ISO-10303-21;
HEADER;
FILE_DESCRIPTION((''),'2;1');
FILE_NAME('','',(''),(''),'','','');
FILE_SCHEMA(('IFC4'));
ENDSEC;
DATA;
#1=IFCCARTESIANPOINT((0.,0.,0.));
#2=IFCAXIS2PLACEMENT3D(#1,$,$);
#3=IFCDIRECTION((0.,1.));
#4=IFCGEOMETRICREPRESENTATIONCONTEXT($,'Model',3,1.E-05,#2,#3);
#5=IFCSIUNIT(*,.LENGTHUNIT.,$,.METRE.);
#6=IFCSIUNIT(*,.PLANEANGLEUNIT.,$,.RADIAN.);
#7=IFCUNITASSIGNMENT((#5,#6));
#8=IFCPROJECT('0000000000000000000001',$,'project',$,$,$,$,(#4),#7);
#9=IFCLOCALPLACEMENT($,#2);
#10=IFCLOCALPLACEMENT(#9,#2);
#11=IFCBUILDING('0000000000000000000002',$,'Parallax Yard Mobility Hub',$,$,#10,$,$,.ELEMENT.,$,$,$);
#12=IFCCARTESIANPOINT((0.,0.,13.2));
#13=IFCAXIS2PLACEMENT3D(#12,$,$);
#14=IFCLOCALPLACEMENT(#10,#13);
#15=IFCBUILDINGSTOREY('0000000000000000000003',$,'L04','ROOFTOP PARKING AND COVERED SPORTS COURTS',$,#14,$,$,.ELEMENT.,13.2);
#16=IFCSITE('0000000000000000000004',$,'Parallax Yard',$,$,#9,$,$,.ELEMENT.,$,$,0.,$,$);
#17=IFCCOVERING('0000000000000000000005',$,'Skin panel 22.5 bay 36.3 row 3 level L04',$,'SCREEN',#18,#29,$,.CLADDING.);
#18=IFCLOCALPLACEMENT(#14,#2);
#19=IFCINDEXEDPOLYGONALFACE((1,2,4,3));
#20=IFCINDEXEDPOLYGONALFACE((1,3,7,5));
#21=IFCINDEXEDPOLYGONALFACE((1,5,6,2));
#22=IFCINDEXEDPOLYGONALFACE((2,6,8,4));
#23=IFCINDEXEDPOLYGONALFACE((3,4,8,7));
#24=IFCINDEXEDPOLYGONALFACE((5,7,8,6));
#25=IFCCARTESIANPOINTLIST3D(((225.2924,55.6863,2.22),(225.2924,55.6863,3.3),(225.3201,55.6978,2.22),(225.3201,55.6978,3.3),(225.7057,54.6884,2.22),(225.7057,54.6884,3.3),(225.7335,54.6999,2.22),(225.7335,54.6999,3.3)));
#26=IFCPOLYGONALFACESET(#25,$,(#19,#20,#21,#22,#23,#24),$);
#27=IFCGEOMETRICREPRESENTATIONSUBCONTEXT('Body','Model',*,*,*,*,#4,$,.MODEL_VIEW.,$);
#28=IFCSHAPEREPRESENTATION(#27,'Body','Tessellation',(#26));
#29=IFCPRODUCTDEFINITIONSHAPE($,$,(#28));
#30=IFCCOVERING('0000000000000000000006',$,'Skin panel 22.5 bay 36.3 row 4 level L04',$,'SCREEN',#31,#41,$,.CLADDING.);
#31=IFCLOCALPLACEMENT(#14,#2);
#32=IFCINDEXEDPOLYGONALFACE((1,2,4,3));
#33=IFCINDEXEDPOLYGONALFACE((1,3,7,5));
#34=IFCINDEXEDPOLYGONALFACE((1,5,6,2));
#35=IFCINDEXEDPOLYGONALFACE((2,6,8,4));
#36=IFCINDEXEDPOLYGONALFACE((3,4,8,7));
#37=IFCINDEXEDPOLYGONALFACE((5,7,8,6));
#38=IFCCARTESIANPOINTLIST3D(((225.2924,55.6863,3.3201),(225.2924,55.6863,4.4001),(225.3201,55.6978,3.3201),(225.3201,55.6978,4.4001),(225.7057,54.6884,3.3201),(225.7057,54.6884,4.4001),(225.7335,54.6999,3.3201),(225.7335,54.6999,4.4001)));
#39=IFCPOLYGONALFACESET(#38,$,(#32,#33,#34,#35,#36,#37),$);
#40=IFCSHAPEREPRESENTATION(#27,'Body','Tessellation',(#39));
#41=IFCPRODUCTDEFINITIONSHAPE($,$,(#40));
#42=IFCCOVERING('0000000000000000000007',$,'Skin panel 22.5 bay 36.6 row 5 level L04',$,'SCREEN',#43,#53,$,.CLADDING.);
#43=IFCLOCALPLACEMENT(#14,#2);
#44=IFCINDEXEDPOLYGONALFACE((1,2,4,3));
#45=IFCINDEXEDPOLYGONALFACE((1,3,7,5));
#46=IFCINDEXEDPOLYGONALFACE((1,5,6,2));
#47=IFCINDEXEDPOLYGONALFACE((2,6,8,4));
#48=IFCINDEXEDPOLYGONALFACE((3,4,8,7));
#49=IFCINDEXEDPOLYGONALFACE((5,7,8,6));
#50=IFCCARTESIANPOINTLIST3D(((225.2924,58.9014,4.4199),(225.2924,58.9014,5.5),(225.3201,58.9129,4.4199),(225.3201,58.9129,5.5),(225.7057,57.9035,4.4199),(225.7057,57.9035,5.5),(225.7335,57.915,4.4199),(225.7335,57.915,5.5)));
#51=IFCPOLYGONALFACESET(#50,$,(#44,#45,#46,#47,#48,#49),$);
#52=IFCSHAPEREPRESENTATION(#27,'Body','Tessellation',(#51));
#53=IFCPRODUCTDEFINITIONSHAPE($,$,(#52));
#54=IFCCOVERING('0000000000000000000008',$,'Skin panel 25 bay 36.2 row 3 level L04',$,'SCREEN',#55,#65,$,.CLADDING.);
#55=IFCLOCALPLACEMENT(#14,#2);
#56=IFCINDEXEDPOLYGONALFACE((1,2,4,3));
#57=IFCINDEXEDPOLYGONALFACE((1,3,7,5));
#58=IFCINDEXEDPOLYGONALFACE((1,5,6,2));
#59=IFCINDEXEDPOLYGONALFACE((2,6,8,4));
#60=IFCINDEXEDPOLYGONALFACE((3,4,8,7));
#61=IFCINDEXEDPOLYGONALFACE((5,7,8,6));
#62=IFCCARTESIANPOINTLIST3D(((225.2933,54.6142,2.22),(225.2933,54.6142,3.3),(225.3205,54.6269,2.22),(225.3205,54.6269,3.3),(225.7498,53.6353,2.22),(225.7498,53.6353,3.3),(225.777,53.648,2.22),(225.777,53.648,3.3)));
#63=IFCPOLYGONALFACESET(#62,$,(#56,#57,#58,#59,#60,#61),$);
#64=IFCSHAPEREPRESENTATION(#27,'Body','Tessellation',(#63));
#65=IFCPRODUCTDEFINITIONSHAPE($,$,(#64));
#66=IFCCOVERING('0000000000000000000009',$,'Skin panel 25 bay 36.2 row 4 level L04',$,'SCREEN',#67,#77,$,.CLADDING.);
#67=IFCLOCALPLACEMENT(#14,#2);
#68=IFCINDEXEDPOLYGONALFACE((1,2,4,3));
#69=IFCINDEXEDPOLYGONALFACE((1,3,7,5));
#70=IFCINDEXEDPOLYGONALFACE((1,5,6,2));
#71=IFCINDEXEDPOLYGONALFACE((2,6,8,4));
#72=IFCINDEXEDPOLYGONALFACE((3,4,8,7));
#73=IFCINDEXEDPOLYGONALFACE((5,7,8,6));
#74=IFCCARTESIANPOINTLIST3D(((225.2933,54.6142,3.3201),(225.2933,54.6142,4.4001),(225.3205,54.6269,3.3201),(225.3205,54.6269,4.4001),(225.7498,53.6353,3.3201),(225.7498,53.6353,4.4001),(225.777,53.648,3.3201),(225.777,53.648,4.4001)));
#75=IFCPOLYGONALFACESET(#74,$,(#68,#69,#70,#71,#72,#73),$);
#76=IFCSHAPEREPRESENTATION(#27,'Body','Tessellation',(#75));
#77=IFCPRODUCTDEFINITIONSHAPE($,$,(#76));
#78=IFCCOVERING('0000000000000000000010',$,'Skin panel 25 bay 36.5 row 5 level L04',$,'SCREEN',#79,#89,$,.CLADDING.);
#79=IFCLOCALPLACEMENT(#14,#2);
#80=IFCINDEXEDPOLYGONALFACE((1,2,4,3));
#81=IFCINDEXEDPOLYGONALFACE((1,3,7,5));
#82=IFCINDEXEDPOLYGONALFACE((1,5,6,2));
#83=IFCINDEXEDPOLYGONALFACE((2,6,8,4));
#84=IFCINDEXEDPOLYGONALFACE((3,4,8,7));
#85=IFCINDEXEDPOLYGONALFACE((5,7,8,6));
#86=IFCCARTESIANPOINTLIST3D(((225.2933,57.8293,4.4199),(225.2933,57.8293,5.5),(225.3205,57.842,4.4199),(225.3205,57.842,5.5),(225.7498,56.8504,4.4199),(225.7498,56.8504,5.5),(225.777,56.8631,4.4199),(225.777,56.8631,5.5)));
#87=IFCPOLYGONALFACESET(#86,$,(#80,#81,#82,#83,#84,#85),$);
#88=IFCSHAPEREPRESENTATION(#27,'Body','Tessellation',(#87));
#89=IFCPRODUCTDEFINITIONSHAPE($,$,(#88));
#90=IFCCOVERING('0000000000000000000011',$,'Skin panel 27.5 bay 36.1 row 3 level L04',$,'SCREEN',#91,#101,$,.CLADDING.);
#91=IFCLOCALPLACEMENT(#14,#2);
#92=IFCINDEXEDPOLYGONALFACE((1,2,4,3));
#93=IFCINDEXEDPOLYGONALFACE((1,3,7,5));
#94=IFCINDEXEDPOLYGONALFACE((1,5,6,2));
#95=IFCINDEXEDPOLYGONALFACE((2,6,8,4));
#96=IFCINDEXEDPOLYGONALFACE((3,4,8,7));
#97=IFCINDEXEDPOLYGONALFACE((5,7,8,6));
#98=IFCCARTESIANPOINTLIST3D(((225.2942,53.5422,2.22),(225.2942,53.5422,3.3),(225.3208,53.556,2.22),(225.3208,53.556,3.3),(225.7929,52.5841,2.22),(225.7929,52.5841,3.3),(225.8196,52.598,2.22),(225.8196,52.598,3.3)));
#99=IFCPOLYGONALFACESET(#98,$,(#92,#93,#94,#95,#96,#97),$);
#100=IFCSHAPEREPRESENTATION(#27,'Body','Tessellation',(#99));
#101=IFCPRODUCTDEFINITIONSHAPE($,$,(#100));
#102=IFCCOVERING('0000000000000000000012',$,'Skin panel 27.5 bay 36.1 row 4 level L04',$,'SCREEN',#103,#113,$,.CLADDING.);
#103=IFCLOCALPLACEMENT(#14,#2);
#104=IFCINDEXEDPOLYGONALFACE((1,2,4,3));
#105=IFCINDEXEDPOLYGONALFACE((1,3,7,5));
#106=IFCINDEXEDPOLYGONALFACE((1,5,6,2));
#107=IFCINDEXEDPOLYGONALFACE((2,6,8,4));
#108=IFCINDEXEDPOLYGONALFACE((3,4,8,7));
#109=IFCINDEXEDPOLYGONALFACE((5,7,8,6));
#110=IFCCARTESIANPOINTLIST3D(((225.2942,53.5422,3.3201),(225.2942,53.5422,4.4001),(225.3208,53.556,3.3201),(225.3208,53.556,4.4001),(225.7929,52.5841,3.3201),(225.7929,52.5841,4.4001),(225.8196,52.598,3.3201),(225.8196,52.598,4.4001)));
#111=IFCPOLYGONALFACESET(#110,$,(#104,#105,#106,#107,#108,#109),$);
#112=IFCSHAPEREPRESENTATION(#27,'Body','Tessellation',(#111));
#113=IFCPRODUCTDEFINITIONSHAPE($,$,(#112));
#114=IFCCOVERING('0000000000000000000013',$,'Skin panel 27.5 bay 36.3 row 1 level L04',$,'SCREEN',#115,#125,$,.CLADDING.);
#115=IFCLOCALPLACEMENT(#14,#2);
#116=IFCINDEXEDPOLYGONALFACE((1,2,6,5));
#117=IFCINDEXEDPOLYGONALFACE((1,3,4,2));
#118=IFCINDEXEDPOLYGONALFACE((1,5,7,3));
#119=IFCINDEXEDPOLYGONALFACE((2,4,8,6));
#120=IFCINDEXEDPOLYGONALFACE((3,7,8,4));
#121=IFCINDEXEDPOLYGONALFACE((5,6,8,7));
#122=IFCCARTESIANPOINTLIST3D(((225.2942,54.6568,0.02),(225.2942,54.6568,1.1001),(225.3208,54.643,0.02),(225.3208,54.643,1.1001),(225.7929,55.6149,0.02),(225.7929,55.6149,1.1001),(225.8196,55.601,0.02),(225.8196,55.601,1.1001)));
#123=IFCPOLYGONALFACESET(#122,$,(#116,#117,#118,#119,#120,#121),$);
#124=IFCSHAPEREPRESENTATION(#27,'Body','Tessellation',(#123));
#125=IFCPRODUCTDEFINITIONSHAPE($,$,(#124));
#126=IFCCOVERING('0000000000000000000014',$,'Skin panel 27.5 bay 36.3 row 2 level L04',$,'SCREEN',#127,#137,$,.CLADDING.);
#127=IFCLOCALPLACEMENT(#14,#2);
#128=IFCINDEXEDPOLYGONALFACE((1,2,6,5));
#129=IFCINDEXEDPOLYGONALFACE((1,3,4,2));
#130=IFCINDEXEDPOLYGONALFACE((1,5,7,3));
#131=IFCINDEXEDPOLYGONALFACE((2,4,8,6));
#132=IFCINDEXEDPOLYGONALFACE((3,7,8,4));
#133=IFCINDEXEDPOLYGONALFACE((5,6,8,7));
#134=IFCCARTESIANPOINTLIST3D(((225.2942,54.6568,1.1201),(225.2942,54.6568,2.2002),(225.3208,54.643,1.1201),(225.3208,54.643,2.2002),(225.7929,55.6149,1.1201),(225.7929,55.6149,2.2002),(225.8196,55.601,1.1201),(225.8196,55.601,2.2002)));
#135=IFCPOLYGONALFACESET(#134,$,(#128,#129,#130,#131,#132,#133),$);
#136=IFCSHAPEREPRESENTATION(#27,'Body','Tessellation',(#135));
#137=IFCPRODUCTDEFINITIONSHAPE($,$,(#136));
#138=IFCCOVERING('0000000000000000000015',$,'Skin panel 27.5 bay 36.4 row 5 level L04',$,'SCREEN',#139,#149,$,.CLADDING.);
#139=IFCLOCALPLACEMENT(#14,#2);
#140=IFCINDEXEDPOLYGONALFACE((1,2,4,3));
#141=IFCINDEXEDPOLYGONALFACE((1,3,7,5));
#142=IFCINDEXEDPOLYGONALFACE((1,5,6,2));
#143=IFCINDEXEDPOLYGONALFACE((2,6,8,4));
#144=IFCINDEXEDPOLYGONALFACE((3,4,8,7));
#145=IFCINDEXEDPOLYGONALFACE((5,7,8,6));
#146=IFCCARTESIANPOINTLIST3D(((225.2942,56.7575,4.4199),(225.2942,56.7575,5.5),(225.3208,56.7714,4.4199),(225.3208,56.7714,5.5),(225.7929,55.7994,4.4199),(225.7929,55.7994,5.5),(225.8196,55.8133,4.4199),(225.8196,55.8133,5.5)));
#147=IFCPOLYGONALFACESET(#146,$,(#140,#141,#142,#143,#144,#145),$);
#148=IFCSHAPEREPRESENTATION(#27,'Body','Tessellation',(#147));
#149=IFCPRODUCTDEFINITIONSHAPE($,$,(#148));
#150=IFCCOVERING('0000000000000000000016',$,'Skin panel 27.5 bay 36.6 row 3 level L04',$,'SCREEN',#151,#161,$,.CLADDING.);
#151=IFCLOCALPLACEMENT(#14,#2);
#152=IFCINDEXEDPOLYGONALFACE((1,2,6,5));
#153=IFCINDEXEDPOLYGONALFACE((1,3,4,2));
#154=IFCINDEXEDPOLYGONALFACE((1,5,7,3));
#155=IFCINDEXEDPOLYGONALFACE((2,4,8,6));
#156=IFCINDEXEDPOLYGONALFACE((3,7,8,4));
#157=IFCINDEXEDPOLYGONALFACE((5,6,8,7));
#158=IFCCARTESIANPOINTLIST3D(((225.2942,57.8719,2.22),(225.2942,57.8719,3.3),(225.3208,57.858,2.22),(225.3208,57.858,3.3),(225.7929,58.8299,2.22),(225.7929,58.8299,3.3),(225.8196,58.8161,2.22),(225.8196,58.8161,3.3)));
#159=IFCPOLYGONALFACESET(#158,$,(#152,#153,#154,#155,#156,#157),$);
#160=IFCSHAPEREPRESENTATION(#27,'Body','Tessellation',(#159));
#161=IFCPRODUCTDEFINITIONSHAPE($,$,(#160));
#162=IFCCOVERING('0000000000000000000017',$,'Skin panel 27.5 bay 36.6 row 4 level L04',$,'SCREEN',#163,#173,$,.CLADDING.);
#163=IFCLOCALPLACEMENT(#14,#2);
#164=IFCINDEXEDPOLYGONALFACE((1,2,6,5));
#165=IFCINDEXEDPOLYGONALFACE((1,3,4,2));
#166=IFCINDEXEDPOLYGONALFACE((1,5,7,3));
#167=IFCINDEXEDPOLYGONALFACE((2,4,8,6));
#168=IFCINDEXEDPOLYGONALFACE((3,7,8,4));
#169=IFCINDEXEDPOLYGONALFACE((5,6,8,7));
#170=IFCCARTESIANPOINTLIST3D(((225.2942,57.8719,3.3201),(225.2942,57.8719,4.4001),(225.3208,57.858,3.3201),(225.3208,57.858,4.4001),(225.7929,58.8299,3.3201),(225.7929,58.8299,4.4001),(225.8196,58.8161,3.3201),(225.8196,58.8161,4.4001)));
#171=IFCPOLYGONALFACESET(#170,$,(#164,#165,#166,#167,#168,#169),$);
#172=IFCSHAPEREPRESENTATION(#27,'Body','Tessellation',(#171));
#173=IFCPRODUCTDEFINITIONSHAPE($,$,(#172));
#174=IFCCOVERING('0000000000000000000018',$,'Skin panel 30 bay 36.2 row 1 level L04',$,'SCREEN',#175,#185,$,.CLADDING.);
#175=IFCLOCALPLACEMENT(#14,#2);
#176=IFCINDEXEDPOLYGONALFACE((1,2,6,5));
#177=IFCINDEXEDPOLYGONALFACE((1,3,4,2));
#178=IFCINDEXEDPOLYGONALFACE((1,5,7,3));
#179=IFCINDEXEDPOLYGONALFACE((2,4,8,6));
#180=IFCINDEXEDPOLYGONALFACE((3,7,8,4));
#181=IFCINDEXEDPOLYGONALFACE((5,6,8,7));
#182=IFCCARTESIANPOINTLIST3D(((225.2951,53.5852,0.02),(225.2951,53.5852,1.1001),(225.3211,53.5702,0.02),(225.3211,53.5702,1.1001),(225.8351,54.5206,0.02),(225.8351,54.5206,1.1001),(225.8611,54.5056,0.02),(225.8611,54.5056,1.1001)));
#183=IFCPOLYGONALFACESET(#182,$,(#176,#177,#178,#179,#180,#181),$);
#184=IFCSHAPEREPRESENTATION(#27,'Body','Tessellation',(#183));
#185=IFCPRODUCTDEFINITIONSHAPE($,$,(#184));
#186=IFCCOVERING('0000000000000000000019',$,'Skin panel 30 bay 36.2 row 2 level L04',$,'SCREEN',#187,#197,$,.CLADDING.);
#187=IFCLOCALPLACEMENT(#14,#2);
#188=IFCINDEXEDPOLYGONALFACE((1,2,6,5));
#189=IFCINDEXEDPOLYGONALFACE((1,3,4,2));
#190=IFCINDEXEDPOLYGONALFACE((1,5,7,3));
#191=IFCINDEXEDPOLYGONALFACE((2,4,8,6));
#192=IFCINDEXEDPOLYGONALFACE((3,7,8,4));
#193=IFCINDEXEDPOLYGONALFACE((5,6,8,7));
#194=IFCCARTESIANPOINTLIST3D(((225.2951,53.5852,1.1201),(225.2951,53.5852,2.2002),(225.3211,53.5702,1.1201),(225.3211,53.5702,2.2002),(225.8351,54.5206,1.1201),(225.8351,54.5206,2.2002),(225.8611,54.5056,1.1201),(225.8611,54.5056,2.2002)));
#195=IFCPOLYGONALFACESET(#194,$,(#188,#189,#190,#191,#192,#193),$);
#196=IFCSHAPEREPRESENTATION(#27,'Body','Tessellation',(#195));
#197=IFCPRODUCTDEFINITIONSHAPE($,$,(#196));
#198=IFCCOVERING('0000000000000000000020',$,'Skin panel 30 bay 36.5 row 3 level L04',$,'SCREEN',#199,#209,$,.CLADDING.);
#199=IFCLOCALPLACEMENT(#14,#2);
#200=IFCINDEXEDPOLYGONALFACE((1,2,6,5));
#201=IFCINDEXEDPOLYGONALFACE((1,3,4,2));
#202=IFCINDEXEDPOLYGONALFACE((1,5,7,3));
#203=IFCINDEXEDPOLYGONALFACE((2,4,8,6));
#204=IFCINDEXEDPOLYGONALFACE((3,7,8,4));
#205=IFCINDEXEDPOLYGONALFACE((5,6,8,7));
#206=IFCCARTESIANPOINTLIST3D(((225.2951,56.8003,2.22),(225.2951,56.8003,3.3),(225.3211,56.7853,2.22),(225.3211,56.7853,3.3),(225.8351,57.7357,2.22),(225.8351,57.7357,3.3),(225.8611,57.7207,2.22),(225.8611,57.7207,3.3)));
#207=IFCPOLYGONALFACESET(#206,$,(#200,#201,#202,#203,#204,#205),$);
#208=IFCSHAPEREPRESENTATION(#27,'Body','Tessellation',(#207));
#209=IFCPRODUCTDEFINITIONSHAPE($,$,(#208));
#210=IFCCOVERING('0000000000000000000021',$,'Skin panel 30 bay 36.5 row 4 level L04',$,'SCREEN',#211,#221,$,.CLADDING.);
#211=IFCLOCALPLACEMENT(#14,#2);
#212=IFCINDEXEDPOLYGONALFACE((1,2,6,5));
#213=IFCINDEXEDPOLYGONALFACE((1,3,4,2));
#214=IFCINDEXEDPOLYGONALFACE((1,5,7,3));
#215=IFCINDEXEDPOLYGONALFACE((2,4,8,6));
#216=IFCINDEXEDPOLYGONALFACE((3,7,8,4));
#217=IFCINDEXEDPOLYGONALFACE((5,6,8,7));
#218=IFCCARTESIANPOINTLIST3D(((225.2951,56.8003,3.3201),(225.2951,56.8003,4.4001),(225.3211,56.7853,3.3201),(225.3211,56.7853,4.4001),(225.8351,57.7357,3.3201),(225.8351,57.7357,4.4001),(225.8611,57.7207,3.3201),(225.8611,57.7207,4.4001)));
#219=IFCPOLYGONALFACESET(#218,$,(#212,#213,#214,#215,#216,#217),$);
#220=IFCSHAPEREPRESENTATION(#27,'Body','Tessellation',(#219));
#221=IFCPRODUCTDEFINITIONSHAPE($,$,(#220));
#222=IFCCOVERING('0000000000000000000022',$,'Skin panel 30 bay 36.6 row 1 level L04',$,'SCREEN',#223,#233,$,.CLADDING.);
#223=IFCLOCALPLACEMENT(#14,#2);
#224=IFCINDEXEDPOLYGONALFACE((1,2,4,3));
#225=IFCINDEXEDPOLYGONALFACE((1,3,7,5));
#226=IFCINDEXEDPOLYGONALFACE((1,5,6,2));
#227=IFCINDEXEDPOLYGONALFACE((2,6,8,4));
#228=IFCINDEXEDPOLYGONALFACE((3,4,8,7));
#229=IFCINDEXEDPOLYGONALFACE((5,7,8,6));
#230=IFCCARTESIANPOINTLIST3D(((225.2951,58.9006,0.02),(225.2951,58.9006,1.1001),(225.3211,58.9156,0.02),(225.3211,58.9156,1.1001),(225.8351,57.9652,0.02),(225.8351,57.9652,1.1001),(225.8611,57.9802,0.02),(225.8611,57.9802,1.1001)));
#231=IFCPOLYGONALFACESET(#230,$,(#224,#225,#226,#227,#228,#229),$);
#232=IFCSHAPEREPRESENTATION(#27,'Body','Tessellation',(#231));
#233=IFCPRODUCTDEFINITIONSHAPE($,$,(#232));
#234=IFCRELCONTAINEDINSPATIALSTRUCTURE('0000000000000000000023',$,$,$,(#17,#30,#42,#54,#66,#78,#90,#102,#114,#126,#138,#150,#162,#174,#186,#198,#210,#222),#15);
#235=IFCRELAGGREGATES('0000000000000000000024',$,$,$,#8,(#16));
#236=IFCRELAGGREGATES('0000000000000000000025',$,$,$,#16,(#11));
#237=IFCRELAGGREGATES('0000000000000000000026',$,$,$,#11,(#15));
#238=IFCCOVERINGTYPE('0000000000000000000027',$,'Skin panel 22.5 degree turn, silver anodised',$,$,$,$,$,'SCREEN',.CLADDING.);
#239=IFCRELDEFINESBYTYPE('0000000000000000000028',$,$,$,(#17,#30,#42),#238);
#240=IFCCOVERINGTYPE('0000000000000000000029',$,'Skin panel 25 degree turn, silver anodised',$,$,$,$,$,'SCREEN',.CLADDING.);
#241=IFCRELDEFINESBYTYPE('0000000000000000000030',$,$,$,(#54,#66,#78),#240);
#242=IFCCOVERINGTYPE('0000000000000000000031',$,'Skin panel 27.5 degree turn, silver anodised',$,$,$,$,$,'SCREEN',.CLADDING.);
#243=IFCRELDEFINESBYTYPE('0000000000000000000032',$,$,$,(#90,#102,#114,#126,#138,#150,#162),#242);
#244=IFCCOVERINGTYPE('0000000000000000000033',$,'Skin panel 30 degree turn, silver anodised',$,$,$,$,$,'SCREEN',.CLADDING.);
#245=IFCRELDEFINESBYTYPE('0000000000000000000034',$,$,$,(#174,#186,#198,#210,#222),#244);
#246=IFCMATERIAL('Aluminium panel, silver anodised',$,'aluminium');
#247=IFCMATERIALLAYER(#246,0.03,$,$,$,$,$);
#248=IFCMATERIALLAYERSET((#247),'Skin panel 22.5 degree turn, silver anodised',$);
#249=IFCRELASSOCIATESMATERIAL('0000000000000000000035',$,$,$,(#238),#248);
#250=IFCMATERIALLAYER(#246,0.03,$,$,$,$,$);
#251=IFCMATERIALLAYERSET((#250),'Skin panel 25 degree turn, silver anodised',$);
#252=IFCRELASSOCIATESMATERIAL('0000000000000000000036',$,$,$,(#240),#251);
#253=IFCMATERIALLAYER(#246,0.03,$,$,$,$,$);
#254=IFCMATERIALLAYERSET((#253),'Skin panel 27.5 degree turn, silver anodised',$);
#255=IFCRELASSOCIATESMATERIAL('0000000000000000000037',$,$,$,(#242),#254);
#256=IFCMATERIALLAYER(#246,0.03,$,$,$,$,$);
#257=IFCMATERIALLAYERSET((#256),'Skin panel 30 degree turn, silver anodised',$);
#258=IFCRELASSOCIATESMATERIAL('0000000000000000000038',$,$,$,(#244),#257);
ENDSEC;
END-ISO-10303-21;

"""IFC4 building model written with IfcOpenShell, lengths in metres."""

from ifc_helpers import new_model, si_unit, direction, frame, origin, origin_2d, place, context, subcontext, project, spatial, rectangle, extrude, material, layer, layer_set, type_object, element, save


model = new_model("IFC4")

# Units and contexts
model_context = context("Model", 3, precision=1e-05, world=origin(), true_north=direction((0.0, 1.0)))
body_context = subcontext(model_context, "Body", "Model", "MODEL_VIEW")
ifc_project = project(units=[si_unit("LENGTHUNIT", "METRE"), si_unit("PLANEANGLEUNIT", "RADIAN")], contexts=[model_context])

# Site, building, storey
site_placement = place(None, origin())
site = spatial("IfcSite", under=ifc_project, at=site_placement, Name="Parallax Yard", CompositionType="ELEMENT", RefElevation=0.0)
building_placement = place(site_placement, origin())
building = spatial("IfcBuilding", under=site, at=building_placement, Name="Parallax Yard Mobility Hub", CompositionType="ELEMENT")
storey_placement = place(building_placement, frame((0.0, 0.0, 13.2)))
storey = spatial("IfcBuildingStorey", under=building, at=storey_placement, Name="L04", Description="ROOFTOP PARKING AND COVERED SPORTS COURTS", CompositionType="ELEMENT", Elevation=13.2)

# Coverings
ifc_material_1 = material(Name="Aluminium panel, silver anodised", Category="aluminium")
ifc_layer_1 = layer(ifc_material_1, 0.03)
ifc_layer_set_1 = layer_set([ifc_layer_1], Name="Skin panel 22.5 degree turn, silver anodised")
covering_type_1 = type_object("IfcCoveringType", Name="Skin panel 22.5 degree turn, silver anodised", ElementType="SCREEN", PredefinedType="CLADDING", material=ifc_layer_set_1)
for number, where, z_axis, x_axis, name in (
    (1, (225.5129, 55.1931, 2.22), (0.0, 0.0, 1.0), (0.382683, -0.92388, 0.0), "Skin panel 22.5 bay 36.3 row 3 level L04"),
    (2, (225.5129, 55.1931, 3.3201), (0.0, 0.0, 1.0), (0.382683, -0.92388, 0.0), "Skin panel 22.5 bay 36.3 row 4 level L04"),
    (3, (225.5129, 58.4082, 4.4199), (0.0, 0.0, 1.0), (0.382683, -0.92388, 0.0), "Skin panel 22.5 bay 36.6 row 5 level L04"),
):
    element("IfcCovering", number, at=place(storey_placement, frame(where, z_axis=z_axis, x_axis=x_axis)), inside=storey, type_object=covering_type_1, Name=name, ObjectType="SCREEN", PredefinedType="CLADDING", context=body_context, shape_type="SweptSolid", body=[
        extrude(rectangle(XDim=1.0801, YDim=0.03, at=origin_2d()), origin(), (0.0, 0.0, 1.0), 1.0801),
    ])
ifc_layer_2 = layer(ifc_material_1, 0.03)
ifc_layer_set_2 = layer_set([ifc_layer_2], Name="Skin panel 25 degree turn, silver anodised")
covering_type_2 = type_object("IfcCoveringType", Name="Skin panel 25 degree turn, silver anodised", ElementType="SCREEN", PredefinedType="CLADDING", material=ifc_layer_set_2)
for number, where, z_axis, x_axis, name in (
    (4, (225.5352, 54.1311, 2.22), (0.0, 0.0, 1.0), (0.422618, -0.906308, 0.0), "Skin panel 25 bay 36.2 row 3 level L04"),
    (5, (225.5352, 54.1311, 3.3201), (0.0, 0.0, 1.0), (0.422618, -0.906308, 0.0), "Skin panel 25 bay 36.2 row 4 level L04"),
    (6, (225.5352, 57.3462, 4.4199), (0.0, 0.0, 1.0), (0.422618, -0.906308, 0.0), "Skin panel 25 bay 36.5 row 5 level L04"),
):
    element("IfcCovering", number, at=place(storey_placement, frame(where, z_axis=z_axis, x_axis=x_axis)), inside=storey, type_object=covering_type_2, Name=name, ObjectType="SCREEN", PredefinedType="CLADDING", context=body_context, shape_type="SweptSolid", body=[
        extrude(rectangle(XDim=1.0801, YDim=0.03, at=origin_2d()), origin(), (0.0, 0.0, 1.0), 1.0801),
    ])
ifc_layer_3 = layer(ifc_material_1, 0.03)
ifc_layer_set_3 = layer_set([ifc_layer_3], Name="Skin panel 27.5 degree turn, silver anodised")
covering_type_3 = type_object("IfcCoveringType", Name="Skin panel 27.5 degree turn, silver anodised", ElementType="SCREEN", PredefinedType="CLADDING", material=ifc_layer_set_3)
for number, where, z_axis, x_axis, name in (
    (7, (225.5569, 53.0701, 2.22), (0.0, 0.0, 1.0), (0.461749, -0.887011, 0.0), "Skin panel 27.5 bay 36.1 row 3 level L04"),
    (8, (225.5569, 53.0701, 3.3201), (0.0, 0.0, 1.0), (0.461749, -0.887011, 0.0), "Skin panel 27.5 bay 36.1 row 4 level L04"),
    (9, (225.5569, 55.1289, 0.02), (0.0, 0.0, 1.0), (0.461749, 0.887011, 0.0), "Skin panel 27.5 bay 36.3 row 1 level L04"),
    (10, (225.5569, 55.1289, 1.1201), (0.0, 0.0, 1.0), (0.461749, 0.887011, 0.0), "Skin panel 27.5 bay 36.3 row 2 level L04"),
    (11, (225.5569, 56.2854, 4.4199), (0.0, 0.0, 1.0), (0.461749, -0.887011, 0.0), "Skin panel 27.5 bay 36.4 row 5 level L04"),
    (12, (225.5569, 58.344, 2.22), (0.0, 0.0, 1.0), (0.461749, 0.887011, 0.0), "Skin panel 27.5 bay 36.6 row 3 level L04"),
    (13, (225.5569, 58.344, 3.3201), (0.0, 0.0, 1.0), (0.461749, 0.887011, 0.0), "Skin panel 27.5 bay 36.6 row 4 level L04"),
):
    element("IfcCovering", number, at=place(storey_placement, frame(where, z_axis=z_axis, x_axis=x_axis)), inside=storey, type_object=covering_type_3, Name=name, ObjectType="SCREEN", PredefinedType="CLADDING", context=body_context, shape_type="SweptSolid", body=[
        extrude(rectangle(XDim=1.0801, YDim=0.03, at=origin_2d()), origin(), (0.0, 0.0, 1.0), 1.0801),
    ])
ifc_layer_4 = layer(ifc_material_1, 0.03)
ifc_layer_set_4 = layer_set([ifc_layer_4], Name="Skin panel 30 degree turn, silver anodised")
covering_type_4 = type_object("IfcCoveringType", Name="Skin panel 30 degree turn, silver anodised", ElementType="SCREEN", PredefinedType="CLADDING", material=ifc_layer_set_4)
for number, where, z_axis, x_axis, name in (
    (14, (225.5781, 54.0454, 0.02), (0.0, 0.0, 1.0), (0.5, 0.866025, 0.0), "Skin panel 30 bay 36.2 row 1 level L04"),
    (15, (225.5781, 54.0454, 1.1201), (0.0, 0.0, 1.0), (0.5, 0.866025, 0.0), "Skin panel 30 bay 36.2 row 2 level L04"),
    (16, (225.5781, 57.2605, 2.22), (0.0, 0.0, 1.0), (0.5, 0.866025, 0.0), "Skin panel 30 bay 36.5 row 3 level L04"),
    (17, (225.5781, 57.2605, 3.3201), (0.0, 0.0, 1.0), (0.5, 0.866025, 0.0), "Skin panel 30 bay 36.5 row 4 level L04"),
    (18, (225.5781, 58.4404, 0.02), (0.0, 0.0, 1.0), (0.5, -0.866025, 0.0), "Skin panel 30 bay 36.6 row 1 level L04"),
):
    element("IfcCovering", number, at=place(storey_placement, frame(where, z_axis=z_axis, x_axis=x_axis)), inside=storey, type_object=covering_type_4, Name=name, ObjectType="SCREEN", PredefinedType="CLADDING", context=body_context, shape_type="SweptSolid", body=[
        extrude(rectangle(XDim=1.0801, YDim=0.03, at=origin_2d()), origin(), (0.0, 0.0, 1.0), 1.0801),
    ])

save(model, "model.ifc")
